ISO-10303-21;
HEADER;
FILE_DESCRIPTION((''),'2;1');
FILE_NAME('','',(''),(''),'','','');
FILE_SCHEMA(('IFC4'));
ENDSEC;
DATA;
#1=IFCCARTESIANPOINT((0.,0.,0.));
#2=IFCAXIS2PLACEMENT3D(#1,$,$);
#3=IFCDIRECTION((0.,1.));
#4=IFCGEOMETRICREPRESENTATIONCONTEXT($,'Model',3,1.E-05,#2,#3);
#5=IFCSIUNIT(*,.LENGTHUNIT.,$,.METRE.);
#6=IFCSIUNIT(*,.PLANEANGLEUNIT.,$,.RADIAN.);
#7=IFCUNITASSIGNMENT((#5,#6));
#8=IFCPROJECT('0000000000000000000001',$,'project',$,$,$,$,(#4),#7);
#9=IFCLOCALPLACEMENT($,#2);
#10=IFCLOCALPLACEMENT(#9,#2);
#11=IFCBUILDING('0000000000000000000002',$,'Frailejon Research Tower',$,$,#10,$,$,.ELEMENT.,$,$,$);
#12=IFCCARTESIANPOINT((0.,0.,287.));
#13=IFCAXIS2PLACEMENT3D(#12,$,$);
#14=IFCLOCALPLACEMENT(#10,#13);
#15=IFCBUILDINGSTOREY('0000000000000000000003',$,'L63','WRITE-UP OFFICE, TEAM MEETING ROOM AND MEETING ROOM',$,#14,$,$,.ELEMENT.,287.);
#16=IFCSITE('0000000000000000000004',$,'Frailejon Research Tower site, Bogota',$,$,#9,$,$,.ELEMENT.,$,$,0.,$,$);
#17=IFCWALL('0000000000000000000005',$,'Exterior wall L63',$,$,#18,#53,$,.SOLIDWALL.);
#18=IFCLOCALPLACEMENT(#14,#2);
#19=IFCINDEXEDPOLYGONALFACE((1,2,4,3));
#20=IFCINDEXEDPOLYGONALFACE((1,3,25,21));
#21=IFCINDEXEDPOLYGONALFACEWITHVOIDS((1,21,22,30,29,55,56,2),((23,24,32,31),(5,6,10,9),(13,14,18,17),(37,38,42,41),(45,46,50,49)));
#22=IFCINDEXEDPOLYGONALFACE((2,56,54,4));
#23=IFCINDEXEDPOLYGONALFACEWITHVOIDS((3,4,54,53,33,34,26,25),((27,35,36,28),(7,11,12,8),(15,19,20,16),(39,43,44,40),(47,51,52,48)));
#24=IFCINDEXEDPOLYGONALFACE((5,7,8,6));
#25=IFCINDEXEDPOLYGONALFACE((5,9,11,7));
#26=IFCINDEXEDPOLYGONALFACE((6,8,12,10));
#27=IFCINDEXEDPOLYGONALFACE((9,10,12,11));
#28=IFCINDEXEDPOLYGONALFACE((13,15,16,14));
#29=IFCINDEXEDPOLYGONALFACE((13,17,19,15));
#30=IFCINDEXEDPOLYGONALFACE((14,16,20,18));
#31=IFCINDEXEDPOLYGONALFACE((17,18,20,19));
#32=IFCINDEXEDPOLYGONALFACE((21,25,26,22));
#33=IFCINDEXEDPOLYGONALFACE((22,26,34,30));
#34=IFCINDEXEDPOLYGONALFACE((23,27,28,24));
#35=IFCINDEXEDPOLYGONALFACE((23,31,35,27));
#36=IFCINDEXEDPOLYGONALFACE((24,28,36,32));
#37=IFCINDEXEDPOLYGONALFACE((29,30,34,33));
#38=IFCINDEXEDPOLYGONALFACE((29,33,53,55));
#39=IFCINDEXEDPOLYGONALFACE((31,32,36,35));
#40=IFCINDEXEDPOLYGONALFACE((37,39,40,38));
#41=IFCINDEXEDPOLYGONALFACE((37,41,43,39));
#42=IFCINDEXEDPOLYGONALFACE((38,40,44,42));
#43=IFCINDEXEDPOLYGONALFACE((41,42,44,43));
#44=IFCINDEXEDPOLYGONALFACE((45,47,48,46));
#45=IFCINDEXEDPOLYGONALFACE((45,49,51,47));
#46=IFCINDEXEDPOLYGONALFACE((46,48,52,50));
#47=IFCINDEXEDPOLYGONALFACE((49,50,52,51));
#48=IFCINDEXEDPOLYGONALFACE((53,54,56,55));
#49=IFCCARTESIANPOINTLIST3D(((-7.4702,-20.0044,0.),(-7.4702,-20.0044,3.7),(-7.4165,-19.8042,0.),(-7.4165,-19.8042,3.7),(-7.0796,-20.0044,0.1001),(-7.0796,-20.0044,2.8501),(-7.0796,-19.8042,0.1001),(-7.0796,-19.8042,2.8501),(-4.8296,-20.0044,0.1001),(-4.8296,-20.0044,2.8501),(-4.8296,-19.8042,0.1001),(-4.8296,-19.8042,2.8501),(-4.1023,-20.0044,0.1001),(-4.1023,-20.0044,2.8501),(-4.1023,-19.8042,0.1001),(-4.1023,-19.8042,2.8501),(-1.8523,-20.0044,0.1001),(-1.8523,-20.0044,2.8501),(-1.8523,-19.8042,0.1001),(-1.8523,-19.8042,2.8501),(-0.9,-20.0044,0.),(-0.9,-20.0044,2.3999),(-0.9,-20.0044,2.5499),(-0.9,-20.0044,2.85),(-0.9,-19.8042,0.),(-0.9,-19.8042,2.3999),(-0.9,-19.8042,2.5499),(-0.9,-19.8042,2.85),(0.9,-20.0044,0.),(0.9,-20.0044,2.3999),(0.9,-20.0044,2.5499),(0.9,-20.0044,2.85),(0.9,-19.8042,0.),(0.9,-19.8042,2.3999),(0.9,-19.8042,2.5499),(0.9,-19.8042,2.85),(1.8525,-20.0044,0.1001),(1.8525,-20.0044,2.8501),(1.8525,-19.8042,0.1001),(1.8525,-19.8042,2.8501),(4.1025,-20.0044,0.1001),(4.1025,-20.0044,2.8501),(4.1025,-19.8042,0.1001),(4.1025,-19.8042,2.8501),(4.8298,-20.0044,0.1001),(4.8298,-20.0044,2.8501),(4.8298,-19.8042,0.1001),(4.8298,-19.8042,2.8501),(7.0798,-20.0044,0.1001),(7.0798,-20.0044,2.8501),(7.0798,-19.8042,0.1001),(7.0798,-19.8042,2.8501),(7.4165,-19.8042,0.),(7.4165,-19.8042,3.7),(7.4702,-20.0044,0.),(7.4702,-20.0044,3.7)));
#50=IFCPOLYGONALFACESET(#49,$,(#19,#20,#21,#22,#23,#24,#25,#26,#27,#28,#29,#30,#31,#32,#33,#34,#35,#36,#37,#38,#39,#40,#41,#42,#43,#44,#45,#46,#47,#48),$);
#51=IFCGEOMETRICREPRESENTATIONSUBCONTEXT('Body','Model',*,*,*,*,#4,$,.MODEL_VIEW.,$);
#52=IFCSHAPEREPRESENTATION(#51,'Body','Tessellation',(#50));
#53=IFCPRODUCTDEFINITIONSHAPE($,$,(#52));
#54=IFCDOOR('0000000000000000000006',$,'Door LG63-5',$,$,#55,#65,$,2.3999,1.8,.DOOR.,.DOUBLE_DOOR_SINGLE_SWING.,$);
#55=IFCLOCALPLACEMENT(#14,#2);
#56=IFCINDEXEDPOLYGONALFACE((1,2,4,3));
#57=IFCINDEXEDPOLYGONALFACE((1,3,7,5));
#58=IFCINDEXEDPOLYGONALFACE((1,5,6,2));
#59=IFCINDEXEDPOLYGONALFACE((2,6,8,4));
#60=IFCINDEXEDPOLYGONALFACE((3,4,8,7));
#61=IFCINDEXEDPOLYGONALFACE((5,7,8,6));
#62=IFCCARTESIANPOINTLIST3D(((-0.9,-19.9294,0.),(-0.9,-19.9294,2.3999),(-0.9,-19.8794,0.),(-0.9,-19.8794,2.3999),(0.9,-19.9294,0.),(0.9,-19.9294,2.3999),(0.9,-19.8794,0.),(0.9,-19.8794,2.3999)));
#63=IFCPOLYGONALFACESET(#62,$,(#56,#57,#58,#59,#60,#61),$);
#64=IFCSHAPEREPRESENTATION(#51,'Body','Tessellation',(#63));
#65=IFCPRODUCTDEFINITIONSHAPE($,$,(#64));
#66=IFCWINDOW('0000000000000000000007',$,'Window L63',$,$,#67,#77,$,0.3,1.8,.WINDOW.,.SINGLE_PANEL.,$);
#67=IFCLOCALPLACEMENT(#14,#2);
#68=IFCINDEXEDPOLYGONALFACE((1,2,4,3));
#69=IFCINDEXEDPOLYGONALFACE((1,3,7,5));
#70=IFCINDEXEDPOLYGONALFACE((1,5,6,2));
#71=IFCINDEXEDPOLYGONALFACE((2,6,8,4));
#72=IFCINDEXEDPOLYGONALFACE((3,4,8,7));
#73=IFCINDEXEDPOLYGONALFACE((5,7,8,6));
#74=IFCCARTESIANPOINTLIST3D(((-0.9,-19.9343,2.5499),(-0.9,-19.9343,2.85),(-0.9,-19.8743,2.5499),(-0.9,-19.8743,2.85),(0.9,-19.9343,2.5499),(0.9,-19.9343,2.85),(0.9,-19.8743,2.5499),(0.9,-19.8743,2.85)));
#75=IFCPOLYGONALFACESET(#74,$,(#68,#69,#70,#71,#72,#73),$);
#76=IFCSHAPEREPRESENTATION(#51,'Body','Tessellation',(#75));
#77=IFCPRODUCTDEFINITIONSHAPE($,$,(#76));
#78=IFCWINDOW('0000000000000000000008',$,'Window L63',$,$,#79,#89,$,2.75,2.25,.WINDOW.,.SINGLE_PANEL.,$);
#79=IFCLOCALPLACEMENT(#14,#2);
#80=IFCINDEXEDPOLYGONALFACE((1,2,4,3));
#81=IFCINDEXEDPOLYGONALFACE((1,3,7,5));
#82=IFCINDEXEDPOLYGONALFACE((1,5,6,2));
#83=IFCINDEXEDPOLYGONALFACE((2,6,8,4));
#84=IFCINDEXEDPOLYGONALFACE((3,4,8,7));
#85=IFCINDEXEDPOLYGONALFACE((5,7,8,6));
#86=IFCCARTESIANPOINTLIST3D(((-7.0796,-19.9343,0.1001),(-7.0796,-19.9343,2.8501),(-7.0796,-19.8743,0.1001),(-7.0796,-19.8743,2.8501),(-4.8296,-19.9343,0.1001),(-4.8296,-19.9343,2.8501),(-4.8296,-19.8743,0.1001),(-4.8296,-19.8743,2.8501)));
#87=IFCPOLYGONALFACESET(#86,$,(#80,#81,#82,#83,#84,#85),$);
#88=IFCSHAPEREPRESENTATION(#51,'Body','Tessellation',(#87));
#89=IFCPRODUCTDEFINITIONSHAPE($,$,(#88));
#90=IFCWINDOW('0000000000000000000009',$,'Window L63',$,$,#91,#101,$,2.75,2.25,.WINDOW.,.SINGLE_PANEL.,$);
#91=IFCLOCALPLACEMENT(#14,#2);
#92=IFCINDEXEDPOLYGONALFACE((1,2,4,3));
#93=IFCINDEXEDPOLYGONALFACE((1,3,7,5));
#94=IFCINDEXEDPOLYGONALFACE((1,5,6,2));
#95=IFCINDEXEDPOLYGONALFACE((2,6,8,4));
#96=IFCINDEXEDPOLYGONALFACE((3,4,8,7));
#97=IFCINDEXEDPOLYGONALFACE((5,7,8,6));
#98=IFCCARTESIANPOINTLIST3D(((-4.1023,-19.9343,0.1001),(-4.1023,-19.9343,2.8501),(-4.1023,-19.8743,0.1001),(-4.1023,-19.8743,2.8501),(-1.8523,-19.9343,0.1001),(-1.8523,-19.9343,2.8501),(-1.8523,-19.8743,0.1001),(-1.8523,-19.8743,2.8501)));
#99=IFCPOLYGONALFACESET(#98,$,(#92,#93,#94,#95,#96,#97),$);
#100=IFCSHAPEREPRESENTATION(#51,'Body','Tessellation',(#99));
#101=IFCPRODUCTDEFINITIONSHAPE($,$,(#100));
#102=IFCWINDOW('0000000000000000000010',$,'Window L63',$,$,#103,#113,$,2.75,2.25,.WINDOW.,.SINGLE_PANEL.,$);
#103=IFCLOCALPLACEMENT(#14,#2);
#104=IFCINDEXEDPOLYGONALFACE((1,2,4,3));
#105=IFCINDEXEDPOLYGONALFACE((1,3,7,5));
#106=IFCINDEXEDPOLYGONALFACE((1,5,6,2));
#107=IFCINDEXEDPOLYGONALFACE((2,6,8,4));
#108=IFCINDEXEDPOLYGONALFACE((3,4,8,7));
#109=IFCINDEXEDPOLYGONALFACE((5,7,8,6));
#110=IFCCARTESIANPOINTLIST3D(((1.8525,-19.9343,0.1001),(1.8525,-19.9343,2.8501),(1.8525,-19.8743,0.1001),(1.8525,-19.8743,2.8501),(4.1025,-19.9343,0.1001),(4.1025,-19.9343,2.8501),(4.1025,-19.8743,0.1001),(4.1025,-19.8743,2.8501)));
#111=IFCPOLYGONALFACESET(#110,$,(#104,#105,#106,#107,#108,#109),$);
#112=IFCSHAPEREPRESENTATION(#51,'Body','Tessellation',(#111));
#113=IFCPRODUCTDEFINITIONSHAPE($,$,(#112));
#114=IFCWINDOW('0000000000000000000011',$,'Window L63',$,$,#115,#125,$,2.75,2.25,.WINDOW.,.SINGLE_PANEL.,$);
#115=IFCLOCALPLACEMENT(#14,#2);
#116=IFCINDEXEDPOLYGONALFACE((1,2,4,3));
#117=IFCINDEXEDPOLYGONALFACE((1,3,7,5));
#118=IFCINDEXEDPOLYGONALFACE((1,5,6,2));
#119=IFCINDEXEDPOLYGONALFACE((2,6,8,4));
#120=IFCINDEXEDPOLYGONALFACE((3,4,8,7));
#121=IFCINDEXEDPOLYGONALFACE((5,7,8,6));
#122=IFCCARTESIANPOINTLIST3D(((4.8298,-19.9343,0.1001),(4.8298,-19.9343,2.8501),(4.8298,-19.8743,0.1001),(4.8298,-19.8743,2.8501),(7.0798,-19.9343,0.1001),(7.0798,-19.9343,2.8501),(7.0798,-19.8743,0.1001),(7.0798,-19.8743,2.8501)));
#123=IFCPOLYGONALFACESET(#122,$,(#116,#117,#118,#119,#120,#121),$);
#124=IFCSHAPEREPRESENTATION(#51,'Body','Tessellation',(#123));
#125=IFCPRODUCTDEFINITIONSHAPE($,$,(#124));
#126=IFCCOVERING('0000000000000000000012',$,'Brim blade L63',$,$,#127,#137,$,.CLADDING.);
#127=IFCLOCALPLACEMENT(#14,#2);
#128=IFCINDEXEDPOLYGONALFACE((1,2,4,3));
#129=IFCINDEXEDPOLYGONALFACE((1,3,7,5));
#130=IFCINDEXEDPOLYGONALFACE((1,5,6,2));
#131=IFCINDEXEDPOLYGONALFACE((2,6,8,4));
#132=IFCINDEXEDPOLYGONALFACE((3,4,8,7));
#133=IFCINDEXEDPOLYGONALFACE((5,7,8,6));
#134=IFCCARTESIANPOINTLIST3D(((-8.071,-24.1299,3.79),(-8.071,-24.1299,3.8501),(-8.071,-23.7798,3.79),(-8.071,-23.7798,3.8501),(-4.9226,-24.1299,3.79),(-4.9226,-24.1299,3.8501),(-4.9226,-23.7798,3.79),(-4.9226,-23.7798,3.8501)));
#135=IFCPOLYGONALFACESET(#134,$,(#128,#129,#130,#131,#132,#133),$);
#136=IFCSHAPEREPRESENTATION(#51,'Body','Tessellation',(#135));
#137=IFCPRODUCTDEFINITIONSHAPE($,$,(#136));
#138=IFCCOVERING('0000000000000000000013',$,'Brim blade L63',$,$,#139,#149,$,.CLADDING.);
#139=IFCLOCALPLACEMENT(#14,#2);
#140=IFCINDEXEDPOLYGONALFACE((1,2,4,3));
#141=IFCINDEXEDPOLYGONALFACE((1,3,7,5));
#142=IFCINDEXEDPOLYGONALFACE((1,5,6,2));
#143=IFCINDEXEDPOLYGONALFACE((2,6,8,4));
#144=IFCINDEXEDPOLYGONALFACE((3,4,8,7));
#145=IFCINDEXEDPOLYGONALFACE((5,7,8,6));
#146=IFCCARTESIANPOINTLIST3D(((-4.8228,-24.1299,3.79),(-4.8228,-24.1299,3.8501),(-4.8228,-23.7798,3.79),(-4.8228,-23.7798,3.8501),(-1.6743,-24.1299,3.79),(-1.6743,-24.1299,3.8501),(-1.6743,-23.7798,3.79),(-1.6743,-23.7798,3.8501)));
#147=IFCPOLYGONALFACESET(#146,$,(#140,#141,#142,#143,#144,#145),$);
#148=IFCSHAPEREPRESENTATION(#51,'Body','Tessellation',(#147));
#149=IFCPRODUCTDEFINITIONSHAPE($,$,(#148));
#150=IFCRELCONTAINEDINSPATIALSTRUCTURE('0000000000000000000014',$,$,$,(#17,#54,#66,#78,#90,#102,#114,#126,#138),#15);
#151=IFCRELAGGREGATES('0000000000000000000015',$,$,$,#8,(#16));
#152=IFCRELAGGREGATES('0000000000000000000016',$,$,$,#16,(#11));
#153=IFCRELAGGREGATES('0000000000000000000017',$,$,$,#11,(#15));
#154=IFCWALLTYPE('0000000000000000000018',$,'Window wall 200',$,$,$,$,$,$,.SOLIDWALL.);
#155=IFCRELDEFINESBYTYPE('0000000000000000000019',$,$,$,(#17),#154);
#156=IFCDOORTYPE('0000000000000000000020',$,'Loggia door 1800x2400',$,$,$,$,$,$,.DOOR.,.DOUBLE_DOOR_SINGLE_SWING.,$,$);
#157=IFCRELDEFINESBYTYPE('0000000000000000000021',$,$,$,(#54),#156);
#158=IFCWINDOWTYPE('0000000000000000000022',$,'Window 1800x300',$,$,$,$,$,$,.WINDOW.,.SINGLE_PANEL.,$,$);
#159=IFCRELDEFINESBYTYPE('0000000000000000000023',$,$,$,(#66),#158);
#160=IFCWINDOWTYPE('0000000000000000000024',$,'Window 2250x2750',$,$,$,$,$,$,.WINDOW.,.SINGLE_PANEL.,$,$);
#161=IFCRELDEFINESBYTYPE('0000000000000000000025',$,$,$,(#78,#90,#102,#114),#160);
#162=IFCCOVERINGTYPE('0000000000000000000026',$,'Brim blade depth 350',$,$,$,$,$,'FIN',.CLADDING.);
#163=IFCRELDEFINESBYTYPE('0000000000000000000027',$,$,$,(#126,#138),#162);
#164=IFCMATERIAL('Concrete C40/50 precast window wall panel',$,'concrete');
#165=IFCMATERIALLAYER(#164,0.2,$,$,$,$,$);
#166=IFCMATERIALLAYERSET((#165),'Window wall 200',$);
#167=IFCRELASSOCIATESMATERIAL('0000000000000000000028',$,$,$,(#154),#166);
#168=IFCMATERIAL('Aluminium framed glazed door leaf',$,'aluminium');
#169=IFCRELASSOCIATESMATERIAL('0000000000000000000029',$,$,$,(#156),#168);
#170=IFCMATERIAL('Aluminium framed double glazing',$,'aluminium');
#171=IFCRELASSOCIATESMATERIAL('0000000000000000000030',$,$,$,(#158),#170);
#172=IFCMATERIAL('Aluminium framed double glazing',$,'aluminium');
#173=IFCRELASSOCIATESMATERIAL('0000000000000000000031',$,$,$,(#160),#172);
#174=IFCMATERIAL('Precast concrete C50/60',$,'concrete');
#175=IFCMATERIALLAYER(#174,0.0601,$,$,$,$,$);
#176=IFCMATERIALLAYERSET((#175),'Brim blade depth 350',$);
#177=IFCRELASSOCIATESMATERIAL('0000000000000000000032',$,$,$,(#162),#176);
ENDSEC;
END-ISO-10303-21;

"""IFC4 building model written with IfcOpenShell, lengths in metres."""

from ifc_helpers import new_model, si_unit, direction, frame, frame_2d, origin, place, context, subcontext, project, spatial, polyline, rectangle, outline, extrude, material, layer, layer_set, type_object, element, fill, save


model = new_model("IFC4")

# Units and contexts
model_context = context("Model", 3, precision=1e-05, world=origin(), true_north=direction((0.0, 1.0)))
body_context = subcontext(model_context, "Body", "Model", "MODEL_VIEW")
ifc_project = project(units=[si_unit("LENGTHUNIT", "METRE"), si_unit("PLANEANGLEUNIT", "RADIAN")], contexts=[model_context])

# Site, building, storey
site_placement = place(None, origin())
site = spatial("IfcSite", under=ifc_project, at=site_placement, Name="Frailejon Research Tower site, Bogota", CompositionType="ELEMENT", RefElevation=0.0)
building_placement = place(site_placement, origin())
building = spatial("IfcBuilding", under=site, at=building_placement, Name="Frailejon Research Tower", CompositionType="ELEMENT")
storey_placement = place(building_placement, frame((0.0, 0.0, 287.0)))
storey = spatial("IfcBuildingStorey", under=building, at=storey_placement, Name="L63", Description="WRITE-UP OFFICE, TEAM MEETING ROOM AND MEETING ROOM", CompositionType="ELEMENT", Elevation=287.0)

# Wall, openings, door, windows
ifc_material_1 = material(Name="Concrete C40/50 precast window wall panel", Category="concrete")
ifc_layer_1 = layer(ifc_material_1, 0.2)
ifc_layer_set_1 = layer_set([ifc_layer_1], Name="Window wall 200")
wall_type_1 = type_object("IfcWallType", Name="Window wall 200", PredefinedType="SOLIDWALL", material=ifc_layer_set_1)
wall_1_placement = place(storey_placement, frame((-7.4434, -19.9043, 0.0), z_axis=(0.0, 0.0, 1.0), x_axis=(1.0, 0.0, 0.0)))
wall_1 = element("IfcWall", 1, at=wall_1_placement, inside=storey, type_object=wall_type_1, Name="Exterior wall L63", PredefinedType="SOLIDWALL", context=body_context, shape_type="SweptSolid", body=[
    extrude(outline(polyline([(-0.0269, -0.1001), (1.0403, -0.1001), (2.1074, -0.1001), (3.1746, -0.1001), (4.2419, -0.1001), (5.3091, -0.1001), (6.3762, -0.1001), (7.4434, -0.1001), (8.5105, -0.1001), (9.5776, -0.1001), (10.6448, -0.1001), (11.7122, -0.1001), (12.7793, -0.1001), (13.8464, -0.1001), (14.9136, -0.1001), (14.8599, 0.1001), (13.8003, 0.1001), (12.741, 0.1001), (11.6814, 0.1001), (10.6218, 0.1001), (9.5623, 0.1001), (8.5029, 0.1001), (7.4434, 0.1001), (6.3838, 0.1001), (5.3245, 0.1001), (4.2649, 0.1001), (3.2053, 0.1001), (2.1458, 0.1001), (1.0864, 0.1001), (0.0269, 0.1001), (-0.0269, -0.1001)])), origin(), (0.0, 0.0, 1.0), 3.7),
])
opening_1_placement = place(wall_1_placement, frame((0.3638, 0.0, 0.1001)))
opening_1 = element("IfcOpeningElement", 2, at=opening_1_placement, cuts=wall_1, PredefinedType="OPENING", context=body_context, shape_type="SweptSolid", body=[
    extrude(rectangle(XDim=2.25, YDim=2.75, at=frame_2d((1.125, 1.375))), frame((0.0, 0.1099, 0.0), z_axis=(0.0, -1.0, 0.0), x_axis=(1.0, 0.0, 0.0)), (0.0, 0.0, 1.0), 0.22),
])
opening_2_placement = place(wall_1_placement, frame((3.3411, 0.0, 0.1001)))
opening_2 = element("IfcOpeningElement", 3, at=opening_2_placement, cuts=wall_1, PredefinedType="OPENING", context=body_context, shape_type="SweptSolid", body=[
    extrude(rectangle(XDim=2.25, YDim=2.75, at=frame_2d((1.125, 1.375))), frame((0.0, 0.1099, 0.0), z_axis=(0.0, -1.0, 0.0), x_axis=(1.0, 0.0, 0.0)), (0.0, 0.0, 1.0), 0.22),
])
opening_3_placement = place(wall_1_placement, frame((6.5435, 0.0, 0.0)))
opening_3 = element("IfcOpeningElement", 4, at=opening_3_placement, cuts=wall_1, PredefinedType="OPENING", context=body_context, shape_type="SweptSolid", body=[
    extrude(rectangle(XDim=1.8, YDim=2.3999, at=frame_2d((0.8999, 1.2))), frame((0.0, 0.1099, 0.0), z_axis=(0.0, -1.0, 0.0), x_axis=(1.0, 0.0, 0.0)), (0.0, 0.0, 1.0), 0.22),
])
opening_4_placement = place(wall_1_placement, frame((6.5435, 0.0, 2.55)))
opening_4 = element("IfcOpeningElement", 5, at=opening_4_placement, cuts=wall_1, PredefinedType="OPENING", context=body_context, shape_type="SweptSolid", body=[
    extrude(rectangle(XDim=1.8, YDim=0.3, at=frame_2d((0.8999, 0.1499))), frame((0.0, 0.1099, 0.0), z_axis=(0.0, -1.0, 0.0), x_axis=(1.0, 0.0, 0.0)), (0.0, 0.0, 1.0), 0.22),
])
opening_5_placement = place(wall_1_placement, frame((9.2959, 0.0, 0.1001)))
opening_5 = element("IfcOpeningElement", 6, at=opening_5_placement, cuts=wall_1, PredefinedType="OPENING", context=body_context, shape_type="SweptSolid", body=[
    extrude(rectangle(XDim=2.25, YDim=2.75, at=frame_2d((1.125, 1.375))), frame((0.0, 0.1099, 0.0), z_axis=(0.0, -1.0, 0.0), x_axis=(1.0, 0.0, 0.0)), (0.0, 0.0, 1.0), 0.22),
])
opening_6_placement = place(wall_1_placement, frame((12.2732, 0.0, 0.1001)))
opening_6 = element("IfcOpeningElement", 7, at=opening_6_placement, cuts=wall_1, PredefinedType="OPENING", context=body_context, shape_type="SweptSolid", body=[
    extrude(rectangle(XDim=2.25, YDim=2.75, at=frame_2d((1.125, 1.375))), frame((0.0, 0.1099, 0.0), z_axis=(0.0, -1.0, 0.0), x_axis=(1.0, 0.0, 0.0)), (0.0, 0.0, 1.0), 0.22),
])
ifc_material_2 = material(Name="Aluminium framed glazed door leaf", Category="aluminium")
door_type = type_object("IfcDoorType", Name="Loggia door 1800x2400", OperationType="DOUBLE_DOOR_SINGLE_SWING", PredefinedType="DOOR", material=ifc_material_2)
door_placement = place(opening_3_placement, origin())
door = element("IfcDoor", 8, at=door_placement, inside=storey, type_object=door_type, Name="Door LG63-5", OperationType="DOUBLE_DOOR_SINGLE_SWING", OverallHeight=2.3999, OverallWidth=1.8, PredefinedType="DOOR", context=body_context, shape_type="SweptSolid", body=[
    extrude(rectangle(XDim=1.8, YDim=2.3999, at=frame_2d((0.8999, 1.2))), frame((0.0, 0.0249, 0.0), z_axis=(0.0, -1.0, 0.0), x_axis=(1.0, 0.0, 0.0)), (0.0, 0.0, 1.0), 0.05),
])
fill(opening_3, door)
ifc_material_3 = material(Name="Aluminium framed double glazing", Category="aluminium")
window_type_1 = type_object("IfcWindowType", Name="Window 1800x300", PartitioningType="SINGLE_PANEL", PredefinedType="WINDOW", material=ifc_material_3)
window_1_placement = place(opening_4_placement, origin())
window_1 = element("IfcWindow", 9, at=window_1_placement, inside=storey, type_object=window_type_1, Name="Window L63", OverallHeight=0.3, OverallWidth=1.8, PartitioningType="SINGLE_PANEL", PredefinedType="WINDOW", context=body_context, shape_type="SweptSolid", body=[
    extrude(rectangle(XDim=1.8, YDim=0.3, at=frame_2d((0.8999, 0.1499))), frame((0.0, 0.03, 0.0), z_axis=(0.0, -1.0, 0.0), x_axis=(1.0, 0.0, 0.0)), (0.0, 0.0, 1.0), 0.0601),
])
fill(opening_4, window_1)
ifc_material_4 = material(Name="Aluminium framed double glazing", Category="aluminium")
window_type_2 = type_object("IfcWindowType", Name="Window 2250x2750", PartitioningType="SINGLE_PANEL", PredefinedType="WINDOW", material=ifc_material_4)
window_2_placement = place(opening_1_placement, origin())
window_2 = element("IfcWindow", 10, at=window_2_placement, inside=storey, type_object=window_type_2, Name="Window L63", OverallHeight=2.75, OverallWidth=2.25, PartitioningType="SINGLE_PANEL", PredefinedType="WINDOW", context=body_context, shape_type="SweptSolid", body=[
    extrude(rectangle(XDim=2.25, YDim=2.75, at=frame_2d((1.125, 1.375))), frame((0.0, 0.03, 0.0), z_axis=(0.0, -1.0, 0.0), x_axis=(1.0, 0.0, 0.0)), (0.0, 0.0, 1.0), 0.0601),
])
fill(opening_1, window_2)
window_3_placement = place(opening_2_placement, origin())
window_3 = element("IfcWindow", 11, at=window_3_placement, inside=storey, type_object=window_type_2, Name="Window L63", OverallHeight=2.75, OverallWidth=2.25, PartitioningType="SINGLE_PANEL", PredefinedType="WINDOW", context=body_context, shape_type="SweptSolid", body=[
    extrude(rectangle(XDim=2.25, YDim=2.75, at=frame_2d((1.125, 1.375))), frame((0.0, 0.03, 0.0), z_axis=(0.0, -1.0, 0.0), x_axis=(1.0, 0.0, 0.0)), (0.0, 0.0, 1.0), 0.0601),
])
fill(opening_2, window_3)
window_4_placement = place(opening_5_placement, origin())
window_4 = element("IfcWindow", 12, at=window_4_placement, inside=storey, type_object=window_type_2, Name="Window L63", OverallHeight=2.75, OverallWidth=2.25, PartitioningType="SINGLE_PANEL", PredefinedType="WINDOW", context=body_context, shape_type="SweptSolid", body=[
    extrude(rectangle(XDim=2.25, YDim=2.75, at=frame_2d((1.125, 1.375))), frame((0.0, 0.03, 0.0), z_axis=(0.0, -1.0, 0.0), x_axis=(1.0, 0.0, 0.0)), (0.0, 0.0, 1.0), 0.0601),
])
fill(opening_5, window_4)
window_5_placement = place(opening_6_placement, origin())
window_5 = element("IfcWindow", 13, at=window_5_placement, inside=storey, type_object=window_type_2, Name="Window L63", OverallHeight=2.75, OverallWidth=2.25, PartitioningType="SINGLE_PANEL", PredefinedType="WINDOW", context=body_context, shape_type="SweptSolid", body=[
    extrude(rectangle(XDim=2.25, YDim=2.75, at=frame_2d((1.125, 1.375))), frame((0.0, 0.03, 0.0), z_axis=(0.0, -1.0, 0.0), x_axis=(1.0, 0.0, 0.0)), (0.0, 0.0, 1.0), 0.0601),
])
fill(opening_6, window_5)

# Coverings
ifc_material_5 = material(Name="Precast concrete C50/60", Category="concrete")
ifc_layer_2 = layer(ifc_material_5, 0.0601)
ifc_layer_set_2 = layer_set([ifc_layer_2], Name="Brim blade depth 350")
covering_type_1 = type_object("IfcCoveringType", Name="Brim blade depth 350", ElementType="FIN", PredefinedType="CLADDING", material=ifc_layer_set_2)
for number, where, z_axis, x_axis, name in (
    (14, (-4.9226, -23.7798, 3.8501), (-1.0, 0.0, 0.0), (0.0, -1.0, 0.0), "Brim blade L63"),
    (15, (-1.6743, -23.7798, 3.8501), (-1.0, 0.0, 0.0), (0.0, -1.0, 0.0), "Brim blade L63"),
):
    element("IfcCovering", number, at=place(storey_placement, frame(where, z_axis=z_axis, x_axis=x_axis)), inside=storey, type_object=covering_type_1, Name=name, PredefinedType="CLADDING", context=body_context, shape_type="SweptSolid", body=[
        extrude(outline(polyline([(0.0, -0.0601), (0.3501, -0.0601), (0.3501, 0.0), (0.0, 0.0), (0.0, -0.0601)])), origin(), (0.0, 0.0, 1.0), 3.1484),
    ])

save(model, "model.ifc")
